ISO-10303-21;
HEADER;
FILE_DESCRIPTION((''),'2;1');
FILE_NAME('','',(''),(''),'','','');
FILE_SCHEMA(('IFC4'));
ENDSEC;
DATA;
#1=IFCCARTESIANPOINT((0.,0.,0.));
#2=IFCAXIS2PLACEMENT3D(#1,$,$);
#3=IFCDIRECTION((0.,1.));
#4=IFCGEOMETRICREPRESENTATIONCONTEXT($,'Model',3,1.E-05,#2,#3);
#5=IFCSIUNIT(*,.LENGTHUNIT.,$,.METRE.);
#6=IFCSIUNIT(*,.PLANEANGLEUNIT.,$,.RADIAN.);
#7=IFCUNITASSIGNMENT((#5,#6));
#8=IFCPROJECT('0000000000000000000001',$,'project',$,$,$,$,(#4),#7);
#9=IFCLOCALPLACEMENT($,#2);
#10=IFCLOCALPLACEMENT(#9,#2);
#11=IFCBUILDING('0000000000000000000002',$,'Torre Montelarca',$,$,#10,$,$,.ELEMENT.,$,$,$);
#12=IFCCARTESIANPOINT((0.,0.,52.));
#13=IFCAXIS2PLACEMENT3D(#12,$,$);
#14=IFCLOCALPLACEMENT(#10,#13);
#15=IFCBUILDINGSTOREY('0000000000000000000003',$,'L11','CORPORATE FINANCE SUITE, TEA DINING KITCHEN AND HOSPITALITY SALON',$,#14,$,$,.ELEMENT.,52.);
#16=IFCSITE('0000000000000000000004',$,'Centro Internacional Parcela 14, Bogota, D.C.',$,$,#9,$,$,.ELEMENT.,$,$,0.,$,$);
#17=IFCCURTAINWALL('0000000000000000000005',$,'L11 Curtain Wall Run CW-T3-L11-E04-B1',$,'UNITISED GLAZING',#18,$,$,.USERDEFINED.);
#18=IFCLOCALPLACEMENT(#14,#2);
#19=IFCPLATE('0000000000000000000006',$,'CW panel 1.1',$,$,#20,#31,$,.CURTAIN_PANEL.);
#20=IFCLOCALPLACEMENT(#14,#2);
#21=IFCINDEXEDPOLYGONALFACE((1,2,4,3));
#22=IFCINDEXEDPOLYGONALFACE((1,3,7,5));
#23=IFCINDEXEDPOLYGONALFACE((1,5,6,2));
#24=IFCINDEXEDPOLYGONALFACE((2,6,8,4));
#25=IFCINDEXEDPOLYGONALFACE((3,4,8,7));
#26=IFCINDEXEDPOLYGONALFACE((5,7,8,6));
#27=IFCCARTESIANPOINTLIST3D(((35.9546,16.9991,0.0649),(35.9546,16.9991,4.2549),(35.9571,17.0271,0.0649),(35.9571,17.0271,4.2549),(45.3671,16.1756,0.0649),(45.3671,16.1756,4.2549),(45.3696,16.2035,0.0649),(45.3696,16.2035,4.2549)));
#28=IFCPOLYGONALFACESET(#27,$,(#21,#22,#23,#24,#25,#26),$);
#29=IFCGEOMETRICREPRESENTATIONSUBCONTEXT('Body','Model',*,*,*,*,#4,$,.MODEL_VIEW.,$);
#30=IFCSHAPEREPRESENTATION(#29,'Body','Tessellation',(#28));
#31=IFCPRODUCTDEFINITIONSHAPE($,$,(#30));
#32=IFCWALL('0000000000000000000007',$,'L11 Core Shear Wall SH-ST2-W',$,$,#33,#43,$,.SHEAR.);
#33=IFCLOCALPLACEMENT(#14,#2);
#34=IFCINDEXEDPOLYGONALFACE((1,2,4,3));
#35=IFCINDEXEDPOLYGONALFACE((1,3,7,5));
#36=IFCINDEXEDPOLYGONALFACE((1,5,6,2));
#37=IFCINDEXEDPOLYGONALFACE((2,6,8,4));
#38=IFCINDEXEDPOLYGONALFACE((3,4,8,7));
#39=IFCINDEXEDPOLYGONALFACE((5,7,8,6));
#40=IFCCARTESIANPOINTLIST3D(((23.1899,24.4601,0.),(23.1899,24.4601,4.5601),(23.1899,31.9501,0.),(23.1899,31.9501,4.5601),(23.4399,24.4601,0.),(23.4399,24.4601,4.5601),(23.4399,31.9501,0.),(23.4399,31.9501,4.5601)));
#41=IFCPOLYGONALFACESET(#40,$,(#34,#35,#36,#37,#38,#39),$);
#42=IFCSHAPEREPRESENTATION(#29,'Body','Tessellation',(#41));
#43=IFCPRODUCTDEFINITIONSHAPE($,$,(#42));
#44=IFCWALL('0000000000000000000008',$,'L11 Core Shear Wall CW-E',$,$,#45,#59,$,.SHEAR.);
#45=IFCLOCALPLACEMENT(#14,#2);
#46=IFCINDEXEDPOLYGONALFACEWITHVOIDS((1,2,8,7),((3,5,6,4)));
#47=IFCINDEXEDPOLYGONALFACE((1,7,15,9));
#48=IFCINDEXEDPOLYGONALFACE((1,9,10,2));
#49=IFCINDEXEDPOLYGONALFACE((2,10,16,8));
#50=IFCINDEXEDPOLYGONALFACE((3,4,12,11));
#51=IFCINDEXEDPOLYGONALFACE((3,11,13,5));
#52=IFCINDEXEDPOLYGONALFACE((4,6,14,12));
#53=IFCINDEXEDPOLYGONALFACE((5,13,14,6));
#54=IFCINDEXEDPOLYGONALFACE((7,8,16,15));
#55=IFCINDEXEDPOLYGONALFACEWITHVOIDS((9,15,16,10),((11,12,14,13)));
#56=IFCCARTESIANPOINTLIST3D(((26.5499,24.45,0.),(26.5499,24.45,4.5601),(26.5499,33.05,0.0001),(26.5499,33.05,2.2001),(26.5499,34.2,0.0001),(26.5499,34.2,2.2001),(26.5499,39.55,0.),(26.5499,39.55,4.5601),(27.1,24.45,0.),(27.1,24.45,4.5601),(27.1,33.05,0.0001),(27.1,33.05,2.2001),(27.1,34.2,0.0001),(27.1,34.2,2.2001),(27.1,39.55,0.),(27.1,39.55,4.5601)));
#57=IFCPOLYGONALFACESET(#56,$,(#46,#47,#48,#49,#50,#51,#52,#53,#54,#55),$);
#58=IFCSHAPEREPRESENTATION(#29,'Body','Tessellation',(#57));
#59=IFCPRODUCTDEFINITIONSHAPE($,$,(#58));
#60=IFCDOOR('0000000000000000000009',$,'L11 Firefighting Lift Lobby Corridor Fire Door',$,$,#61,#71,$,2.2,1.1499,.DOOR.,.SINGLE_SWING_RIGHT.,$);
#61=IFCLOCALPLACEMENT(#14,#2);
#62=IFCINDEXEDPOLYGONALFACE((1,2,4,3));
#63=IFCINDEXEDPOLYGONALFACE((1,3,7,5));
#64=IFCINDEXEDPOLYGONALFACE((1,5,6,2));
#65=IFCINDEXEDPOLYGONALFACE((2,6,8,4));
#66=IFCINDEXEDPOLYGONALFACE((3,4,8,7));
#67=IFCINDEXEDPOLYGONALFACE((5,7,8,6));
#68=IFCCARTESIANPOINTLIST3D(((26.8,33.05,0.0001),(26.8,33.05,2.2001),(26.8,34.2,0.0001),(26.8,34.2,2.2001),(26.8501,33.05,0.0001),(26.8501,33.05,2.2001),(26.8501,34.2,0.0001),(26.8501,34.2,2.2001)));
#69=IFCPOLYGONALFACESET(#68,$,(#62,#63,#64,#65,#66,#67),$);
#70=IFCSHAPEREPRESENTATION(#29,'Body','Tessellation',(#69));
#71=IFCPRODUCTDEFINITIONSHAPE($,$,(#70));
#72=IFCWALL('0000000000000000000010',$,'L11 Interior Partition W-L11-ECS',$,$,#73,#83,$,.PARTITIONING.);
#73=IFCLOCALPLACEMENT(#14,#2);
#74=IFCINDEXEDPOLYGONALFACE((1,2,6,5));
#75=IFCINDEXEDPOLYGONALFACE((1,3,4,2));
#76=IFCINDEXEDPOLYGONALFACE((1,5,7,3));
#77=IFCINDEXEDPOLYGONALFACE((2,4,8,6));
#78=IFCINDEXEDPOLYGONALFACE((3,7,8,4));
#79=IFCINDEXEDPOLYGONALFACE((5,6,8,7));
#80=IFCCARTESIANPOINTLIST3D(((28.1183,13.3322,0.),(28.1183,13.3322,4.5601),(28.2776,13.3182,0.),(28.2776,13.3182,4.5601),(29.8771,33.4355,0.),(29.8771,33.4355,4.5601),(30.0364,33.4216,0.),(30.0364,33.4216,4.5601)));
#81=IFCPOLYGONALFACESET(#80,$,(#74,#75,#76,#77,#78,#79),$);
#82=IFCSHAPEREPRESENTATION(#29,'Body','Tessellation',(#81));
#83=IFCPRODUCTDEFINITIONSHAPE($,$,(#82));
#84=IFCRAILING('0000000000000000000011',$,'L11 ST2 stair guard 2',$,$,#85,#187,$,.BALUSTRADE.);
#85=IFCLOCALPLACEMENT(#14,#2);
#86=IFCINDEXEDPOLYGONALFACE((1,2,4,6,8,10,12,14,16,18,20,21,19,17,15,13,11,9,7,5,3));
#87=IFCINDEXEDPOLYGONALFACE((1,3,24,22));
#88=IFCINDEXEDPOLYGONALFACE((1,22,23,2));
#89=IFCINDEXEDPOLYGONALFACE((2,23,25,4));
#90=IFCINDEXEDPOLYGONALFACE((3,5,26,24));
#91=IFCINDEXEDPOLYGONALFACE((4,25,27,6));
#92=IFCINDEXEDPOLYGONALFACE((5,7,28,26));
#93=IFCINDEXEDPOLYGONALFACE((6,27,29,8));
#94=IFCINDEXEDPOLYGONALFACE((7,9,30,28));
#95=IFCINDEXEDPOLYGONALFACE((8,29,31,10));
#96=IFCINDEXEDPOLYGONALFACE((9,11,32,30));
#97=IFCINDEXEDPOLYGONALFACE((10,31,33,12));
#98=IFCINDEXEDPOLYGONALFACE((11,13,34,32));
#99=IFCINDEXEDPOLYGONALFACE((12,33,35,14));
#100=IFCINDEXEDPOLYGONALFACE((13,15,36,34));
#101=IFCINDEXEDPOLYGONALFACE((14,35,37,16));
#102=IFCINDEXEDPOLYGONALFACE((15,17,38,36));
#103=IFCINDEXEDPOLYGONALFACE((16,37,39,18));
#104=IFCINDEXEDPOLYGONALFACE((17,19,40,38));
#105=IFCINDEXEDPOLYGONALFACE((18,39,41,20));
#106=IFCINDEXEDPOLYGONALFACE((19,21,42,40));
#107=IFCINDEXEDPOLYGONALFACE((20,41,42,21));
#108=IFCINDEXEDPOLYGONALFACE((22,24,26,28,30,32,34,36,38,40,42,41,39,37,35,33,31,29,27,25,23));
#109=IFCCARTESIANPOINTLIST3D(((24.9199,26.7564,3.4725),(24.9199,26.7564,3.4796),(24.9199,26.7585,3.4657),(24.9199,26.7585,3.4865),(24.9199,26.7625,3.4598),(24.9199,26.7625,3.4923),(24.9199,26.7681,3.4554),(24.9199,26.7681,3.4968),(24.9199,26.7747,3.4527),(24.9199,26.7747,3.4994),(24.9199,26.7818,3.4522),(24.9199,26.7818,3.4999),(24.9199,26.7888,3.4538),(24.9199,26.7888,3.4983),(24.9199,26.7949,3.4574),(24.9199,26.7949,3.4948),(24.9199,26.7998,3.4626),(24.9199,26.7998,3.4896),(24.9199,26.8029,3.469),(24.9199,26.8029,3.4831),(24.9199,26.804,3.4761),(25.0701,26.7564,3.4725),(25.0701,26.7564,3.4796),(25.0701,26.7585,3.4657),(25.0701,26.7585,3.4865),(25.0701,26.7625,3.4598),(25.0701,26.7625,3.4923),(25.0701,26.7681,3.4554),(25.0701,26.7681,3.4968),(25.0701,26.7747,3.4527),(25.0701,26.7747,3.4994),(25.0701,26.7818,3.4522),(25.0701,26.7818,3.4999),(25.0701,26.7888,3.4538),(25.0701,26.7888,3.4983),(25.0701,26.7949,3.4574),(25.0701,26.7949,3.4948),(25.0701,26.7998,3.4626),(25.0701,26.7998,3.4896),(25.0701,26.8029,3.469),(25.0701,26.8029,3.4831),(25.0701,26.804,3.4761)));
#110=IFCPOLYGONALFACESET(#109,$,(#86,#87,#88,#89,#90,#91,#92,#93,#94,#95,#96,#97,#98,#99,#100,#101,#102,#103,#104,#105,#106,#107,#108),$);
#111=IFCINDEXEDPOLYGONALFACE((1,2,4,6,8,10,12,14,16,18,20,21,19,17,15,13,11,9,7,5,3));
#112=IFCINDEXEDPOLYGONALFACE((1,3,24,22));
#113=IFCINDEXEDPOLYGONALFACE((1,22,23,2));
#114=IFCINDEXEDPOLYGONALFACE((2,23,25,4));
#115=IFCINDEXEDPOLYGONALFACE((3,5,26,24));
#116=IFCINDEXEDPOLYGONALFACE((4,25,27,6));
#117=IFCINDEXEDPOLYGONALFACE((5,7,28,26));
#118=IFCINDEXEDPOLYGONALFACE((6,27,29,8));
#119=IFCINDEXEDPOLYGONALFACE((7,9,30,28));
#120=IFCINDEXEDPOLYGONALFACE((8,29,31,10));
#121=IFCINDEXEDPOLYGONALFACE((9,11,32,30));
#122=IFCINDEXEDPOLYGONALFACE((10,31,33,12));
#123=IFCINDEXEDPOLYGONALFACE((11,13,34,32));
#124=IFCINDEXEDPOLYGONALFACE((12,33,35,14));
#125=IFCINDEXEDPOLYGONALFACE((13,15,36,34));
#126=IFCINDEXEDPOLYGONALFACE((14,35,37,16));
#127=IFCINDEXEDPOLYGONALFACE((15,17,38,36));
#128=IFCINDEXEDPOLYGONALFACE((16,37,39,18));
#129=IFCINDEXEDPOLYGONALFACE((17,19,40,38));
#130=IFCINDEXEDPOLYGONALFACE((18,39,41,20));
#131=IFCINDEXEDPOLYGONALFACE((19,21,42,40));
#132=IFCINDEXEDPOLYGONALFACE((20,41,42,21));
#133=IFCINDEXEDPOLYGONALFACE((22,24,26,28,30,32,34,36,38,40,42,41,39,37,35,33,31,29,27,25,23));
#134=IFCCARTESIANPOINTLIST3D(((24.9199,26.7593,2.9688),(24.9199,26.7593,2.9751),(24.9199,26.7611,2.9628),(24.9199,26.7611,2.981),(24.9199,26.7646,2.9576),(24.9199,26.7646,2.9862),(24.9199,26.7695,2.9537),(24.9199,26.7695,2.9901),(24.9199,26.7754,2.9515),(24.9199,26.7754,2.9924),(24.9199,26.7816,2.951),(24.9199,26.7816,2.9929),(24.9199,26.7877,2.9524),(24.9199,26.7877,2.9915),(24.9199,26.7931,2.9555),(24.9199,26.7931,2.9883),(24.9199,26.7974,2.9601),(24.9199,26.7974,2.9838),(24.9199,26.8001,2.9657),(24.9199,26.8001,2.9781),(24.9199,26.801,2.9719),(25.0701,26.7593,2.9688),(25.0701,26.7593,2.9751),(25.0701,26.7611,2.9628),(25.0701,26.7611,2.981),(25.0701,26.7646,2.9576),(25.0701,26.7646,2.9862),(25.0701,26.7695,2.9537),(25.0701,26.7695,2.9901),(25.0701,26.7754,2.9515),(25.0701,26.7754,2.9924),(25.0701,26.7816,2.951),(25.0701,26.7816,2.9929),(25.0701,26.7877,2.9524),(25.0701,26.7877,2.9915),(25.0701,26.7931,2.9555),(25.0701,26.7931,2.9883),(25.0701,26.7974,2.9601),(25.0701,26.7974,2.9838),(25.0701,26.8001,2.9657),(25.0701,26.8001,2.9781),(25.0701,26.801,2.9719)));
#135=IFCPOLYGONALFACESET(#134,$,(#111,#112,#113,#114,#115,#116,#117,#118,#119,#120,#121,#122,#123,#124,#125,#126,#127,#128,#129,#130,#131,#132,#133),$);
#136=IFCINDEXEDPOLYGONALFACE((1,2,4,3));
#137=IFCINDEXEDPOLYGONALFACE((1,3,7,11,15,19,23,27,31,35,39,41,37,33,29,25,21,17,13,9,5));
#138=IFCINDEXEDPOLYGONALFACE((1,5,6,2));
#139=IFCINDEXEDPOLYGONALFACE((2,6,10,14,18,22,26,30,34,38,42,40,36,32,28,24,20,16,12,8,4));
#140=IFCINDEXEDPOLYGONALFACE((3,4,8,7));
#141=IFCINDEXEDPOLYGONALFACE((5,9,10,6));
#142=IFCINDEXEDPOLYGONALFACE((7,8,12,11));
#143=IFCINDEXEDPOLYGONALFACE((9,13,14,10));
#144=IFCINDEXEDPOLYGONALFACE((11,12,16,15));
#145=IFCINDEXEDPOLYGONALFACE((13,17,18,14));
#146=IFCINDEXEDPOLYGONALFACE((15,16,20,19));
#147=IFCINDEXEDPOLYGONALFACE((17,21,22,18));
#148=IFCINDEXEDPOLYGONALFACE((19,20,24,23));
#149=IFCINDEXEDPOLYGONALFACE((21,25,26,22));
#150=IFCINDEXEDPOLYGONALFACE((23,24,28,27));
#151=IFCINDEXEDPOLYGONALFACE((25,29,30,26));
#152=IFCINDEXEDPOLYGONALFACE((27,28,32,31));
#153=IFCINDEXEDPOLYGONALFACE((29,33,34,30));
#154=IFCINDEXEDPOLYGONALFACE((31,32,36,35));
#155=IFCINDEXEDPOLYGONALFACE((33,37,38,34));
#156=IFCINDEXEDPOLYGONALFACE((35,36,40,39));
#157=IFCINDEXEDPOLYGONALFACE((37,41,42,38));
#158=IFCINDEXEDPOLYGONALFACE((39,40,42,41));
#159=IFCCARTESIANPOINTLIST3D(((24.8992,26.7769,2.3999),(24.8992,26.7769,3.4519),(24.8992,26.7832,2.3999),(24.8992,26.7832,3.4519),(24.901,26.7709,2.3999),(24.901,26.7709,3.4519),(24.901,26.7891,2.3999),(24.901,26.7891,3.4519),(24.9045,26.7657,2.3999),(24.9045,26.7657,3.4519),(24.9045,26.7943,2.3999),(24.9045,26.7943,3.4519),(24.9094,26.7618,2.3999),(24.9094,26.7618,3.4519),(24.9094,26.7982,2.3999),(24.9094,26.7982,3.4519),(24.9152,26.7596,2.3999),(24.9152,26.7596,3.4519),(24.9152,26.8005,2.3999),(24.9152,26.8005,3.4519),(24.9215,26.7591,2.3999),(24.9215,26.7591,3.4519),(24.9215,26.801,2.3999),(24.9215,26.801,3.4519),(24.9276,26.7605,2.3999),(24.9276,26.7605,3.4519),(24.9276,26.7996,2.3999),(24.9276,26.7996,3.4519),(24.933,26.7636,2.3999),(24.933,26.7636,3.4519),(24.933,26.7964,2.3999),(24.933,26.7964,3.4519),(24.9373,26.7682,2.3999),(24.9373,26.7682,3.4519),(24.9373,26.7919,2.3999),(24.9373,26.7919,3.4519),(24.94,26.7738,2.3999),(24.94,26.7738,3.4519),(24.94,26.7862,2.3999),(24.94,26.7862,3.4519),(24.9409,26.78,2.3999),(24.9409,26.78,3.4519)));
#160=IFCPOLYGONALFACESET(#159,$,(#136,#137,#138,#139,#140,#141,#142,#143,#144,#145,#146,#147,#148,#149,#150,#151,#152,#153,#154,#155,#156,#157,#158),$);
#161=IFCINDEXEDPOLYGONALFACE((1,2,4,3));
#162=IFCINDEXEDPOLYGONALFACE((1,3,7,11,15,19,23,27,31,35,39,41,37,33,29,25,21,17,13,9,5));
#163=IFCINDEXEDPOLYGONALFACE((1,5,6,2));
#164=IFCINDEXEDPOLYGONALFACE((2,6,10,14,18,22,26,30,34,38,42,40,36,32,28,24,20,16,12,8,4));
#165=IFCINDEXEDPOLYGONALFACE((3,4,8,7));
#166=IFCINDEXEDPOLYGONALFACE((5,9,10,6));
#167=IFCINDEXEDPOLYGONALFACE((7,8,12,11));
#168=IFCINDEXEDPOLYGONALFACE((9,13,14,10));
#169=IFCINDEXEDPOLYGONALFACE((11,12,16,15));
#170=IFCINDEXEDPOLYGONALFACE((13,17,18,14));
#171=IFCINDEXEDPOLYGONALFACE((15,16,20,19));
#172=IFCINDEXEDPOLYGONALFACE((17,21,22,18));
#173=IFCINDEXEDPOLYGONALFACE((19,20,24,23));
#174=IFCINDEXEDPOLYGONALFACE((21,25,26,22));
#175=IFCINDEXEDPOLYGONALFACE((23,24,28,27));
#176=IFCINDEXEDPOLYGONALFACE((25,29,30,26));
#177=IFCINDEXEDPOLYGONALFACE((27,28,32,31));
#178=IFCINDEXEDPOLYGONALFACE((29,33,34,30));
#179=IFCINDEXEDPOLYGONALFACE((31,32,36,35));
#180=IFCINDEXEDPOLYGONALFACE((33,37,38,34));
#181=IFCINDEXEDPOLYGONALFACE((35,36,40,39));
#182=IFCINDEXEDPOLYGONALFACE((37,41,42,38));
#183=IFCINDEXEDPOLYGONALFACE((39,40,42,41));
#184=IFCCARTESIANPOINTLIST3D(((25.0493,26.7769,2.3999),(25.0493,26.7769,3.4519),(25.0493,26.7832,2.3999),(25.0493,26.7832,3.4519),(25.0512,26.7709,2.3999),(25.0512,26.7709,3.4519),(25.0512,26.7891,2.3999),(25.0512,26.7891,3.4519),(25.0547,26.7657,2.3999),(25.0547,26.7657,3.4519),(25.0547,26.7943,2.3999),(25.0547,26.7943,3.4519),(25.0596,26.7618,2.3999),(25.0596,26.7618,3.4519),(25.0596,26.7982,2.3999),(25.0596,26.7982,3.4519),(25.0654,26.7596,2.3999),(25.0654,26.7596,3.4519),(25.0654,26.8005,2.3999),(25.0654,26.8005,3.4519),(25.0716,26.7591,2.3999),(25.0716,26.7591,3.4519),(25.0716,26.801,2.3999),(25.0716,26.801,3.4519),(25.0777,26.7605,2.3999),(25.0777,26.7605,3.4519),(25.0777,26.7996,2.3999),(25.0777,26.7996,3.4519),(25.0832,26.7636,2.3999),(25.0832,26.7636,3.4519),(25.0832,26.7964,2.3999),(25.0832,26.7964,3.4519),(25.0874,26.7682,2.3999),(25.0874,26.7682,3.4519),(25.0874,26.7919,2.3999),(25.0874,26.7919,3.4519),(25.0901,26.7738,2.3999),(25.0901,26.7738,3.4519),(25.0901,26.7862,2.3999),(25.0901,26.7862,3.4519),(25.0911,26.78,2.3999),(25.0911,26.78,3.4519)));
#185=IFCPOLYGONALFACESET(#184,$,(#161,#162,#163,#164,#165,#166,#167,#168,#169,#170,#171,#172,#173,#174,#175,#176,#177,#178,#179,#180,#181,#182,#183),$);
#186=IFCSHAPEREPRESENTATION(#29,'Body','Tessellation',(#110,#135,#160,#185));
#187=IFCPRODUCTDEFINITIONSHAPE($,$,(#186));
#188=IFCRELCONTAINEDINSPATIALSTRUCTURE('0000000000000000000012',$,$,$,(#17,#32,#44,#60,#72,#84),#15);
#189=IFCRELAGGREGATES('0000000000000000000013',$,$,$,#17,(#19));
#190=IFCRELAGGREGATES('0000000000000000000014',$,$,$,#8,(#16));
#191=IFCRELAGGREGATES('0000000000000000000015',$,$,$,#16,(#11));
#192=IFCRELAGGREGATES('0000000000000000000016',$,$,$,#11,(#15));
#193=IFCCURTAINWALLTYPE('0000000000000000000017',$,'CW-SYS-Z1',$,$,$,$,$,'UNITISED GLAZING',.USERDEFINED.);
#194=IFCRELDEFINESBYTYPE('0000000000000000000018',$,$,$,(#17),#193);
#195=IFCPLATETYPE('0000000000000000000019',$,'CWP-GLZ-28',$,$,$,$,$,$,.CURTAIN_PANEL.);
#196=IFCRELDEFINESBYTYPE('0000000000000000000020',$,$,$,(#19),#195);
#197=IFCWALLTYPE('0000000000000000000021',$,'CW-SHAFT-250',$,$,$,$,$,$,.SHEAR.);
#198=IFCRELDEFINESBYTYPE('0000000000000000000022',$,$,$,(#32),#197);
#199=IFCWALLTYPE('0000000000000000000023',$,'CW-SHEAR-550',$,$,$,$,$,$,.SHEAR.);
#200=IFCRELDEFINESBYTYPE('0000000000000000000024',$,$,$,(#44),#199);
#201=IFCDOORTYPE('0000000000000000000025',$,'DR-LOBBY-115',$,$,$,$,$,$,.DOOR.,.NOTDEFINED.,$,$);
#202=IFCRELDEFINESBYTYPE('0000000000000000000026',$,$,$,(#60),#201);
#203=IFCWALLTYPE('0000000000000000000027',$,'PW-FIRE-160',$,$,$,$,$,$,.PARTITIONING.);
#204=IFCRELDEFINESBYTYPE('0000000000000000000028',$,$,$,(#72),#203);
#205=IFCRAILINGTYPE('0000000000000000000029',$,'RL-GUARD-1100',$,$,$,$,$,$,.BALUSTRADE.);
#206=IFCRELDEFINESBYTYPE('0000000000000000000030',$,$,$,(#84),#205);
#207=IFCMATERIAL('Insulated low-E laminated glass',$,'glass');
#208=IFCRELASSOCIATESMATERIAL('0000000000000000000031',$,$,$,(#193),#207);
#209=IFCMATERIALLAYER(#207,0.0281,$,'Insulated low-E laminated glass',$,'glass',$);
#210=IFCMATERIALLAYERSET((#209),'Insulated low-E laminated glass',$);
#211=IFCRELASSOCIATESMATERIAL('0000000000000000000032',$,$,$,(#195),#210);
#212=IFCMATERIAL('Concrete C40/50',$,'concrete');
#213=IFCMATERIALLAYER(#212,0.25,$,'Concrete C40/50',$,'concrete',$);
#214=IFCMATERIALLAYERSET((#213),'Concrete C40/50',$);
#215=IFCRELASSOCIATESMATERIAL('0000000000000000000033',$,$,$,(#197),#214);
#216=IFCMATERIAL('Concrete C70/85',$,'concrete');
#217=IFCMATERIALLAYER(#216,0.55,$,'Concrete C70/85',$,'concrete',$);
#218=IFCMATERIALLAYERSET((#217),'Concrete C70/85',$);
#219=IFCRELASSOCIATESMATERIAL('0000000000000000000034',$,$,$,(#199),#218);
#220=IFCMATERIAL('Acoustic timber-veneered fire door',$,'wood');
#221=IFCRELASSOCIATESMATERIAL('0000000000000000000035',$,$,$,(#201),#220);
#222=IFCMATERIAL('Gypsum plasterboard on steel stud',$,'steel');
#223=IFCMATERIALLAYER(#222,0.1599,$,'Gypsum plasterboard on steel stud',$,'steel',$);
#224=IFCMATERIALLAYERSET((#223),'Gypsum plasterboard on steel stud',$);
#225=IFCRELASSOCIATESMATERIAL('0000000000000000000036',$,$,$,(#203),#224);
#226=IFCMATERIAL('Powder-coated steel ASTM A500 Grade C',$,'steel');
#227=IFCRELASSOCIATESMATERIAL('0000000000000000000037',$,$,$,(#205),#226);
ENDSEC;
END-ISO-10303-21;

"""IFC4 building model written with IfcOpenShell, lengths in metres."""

from ifc_helpers import new_model, si_unit, direction, frame, frame_2d, origin, origin_2d, place, context, subcontext, project, spatial, rectangle, circle, extrude, source, transform, mapped, material, layer, layer_set, type_object, element, fill, aggregate, save


model = new_model("IFC4")

# Units and contexts
model_context = context("Model", 3, precision=1e-05, world=origin(), true_north=direction((0.0, 1.0)))
body_context = subcontext(model_context, "Body", "Model", "MODEL_VIEW")
ifc_project = project(units=[si_unit("LENGTHUNIT", "METRE"), si_unit("PLANEANGLEUNIT", "RADIAN")], contexts=[model_context])

# Site, building, storey
site_placement = place(None, origin())
site = spatial("IfcSite", under=ifc_project, at=site_placement, Name="Centro Internacional Parcela 14, Bogota, D.C.", CompositionType="ELEMENT", RefElevation=0.0)
building_placement = place(site_placement, origin())
building = spatial("IfcBuilding", under=site, at=building_placement, Name="Torre Montelarca", CompositionType="ELEMENT")
storey_placement = place(building_placement, frame((0.0, 0.0, 52.0)))
storey = spatial("IfcBuildingStorey", under=building, at=storey_placement, Name="L11", Description="CORPORATE FINANCE SUITE, TEA DINING KITCHEN AND HOSPITALITY SALON", CompositionType="ELEMENT", Elevation=52.0)

# Shared definitions
ifc_material_1 = material(Name="Concrete C70/85", Category="concrete")

# Shared definitions
ifc_material_2 = material(Name="Insulated low-E laminated glass", Category="glass")
curtain_wall_type = type_object("IfcCurtainWallType", Name="CW-SYS-Z1", ElementType="UNITISED GLAZING", PredefinedType="USERDEFINED", material=ifc_material_2)

# Curtain wall
curtain_wall_1_placement = place(storey_placement, origin())
curtain_wall_1 = element("IfcCurtainWall", 1, at=curtain_wall_1_placement, inside=storey, type_object=curtain_wall_type, Name="L11 Curtain Wall Run CW-T3-L11-E04-B1", ObjectType="UNITISED GLAZING", PredefinedType="USERDEFINED")

# Plate
ifc_layer_1 = layer(ifc_material_2, 0.0281, Name="Insulated low-E laminated glass", Category="glass")
ifc_layer_set_1 = layer_set([ifc_layer_1], Name="Insulated low-E laminated glass")
plate_type = type_object("IfcPlateType", Name="CWP-GLZ-28", PredefinedType="CURTAIN_PANEL", material=ifc_layer_set_1)
shared_shape_1 = source(origin(), body_context, "Body", "SweptSolid", [
    extrude(rectangle(XDim=9.4485, YDim=0.0281, at=origin_2d()), origin(), (0.0, 0.0, 1.0), 4.1899),
])
plate_1_placement = place(storey_placement, frame((40.6621, 16.6013, 0.0649), z_axis=(0.0, 0.0, 1.0), x_axis=(0.996194, -0.087162, 0.0)))
plate_1 = element("IfcPlate", 2, at=plate_1_placement, type_object=plate_type, Name="CW panel 1.1", PredefinedType="CURTAIN_PANEL", context=body_context, shape_type="MappedRepresentation", body=[
    mapped(shared_shape_1, transform((0.0, 0.0, 0.0), scale=1.0)),
])
aggregate(curtain_wall_1, [plate_1])

# Wall
ifc_material_3 = material(Name="Concrete C40/50", Category="concrete")
ifc_layer_2 = layer(ifc_material_3, 0.25, Name="Concrete C40/50", Category="concrete")
ifc_layer_set_2 = layer_set([ifc_layer_2], Name="Concrete C40/50")
wall_type_1 = type_object("IfcWallType", Name="CW-SHAFT-250", PredefinedType="SHEAR", material=ifc_layer_set_2)
wall_1_placement = place(storey_placement, frame((23.3149, 24.46, 0.0), z_axis=(0.0, 0.0, 1.0), x_axis=(0.0, 1.0, 0.0)))
element("IfcWall", 3, at=wall_1_placement, inside=storey, type_object=wall_type_1, Name="L11 Core Shear Wall SH-ST2-W", PredefinedType="SHEAR", context=body_context, shape_type="SweptSolid", body=[
    extrude(rectangle(XDim=7.49, YDim=0.25, at=frame_2d((3.7451, 0.0))), origin(), (0.0, 0.0, 1.0), 4.5601),
])

# Wall, opening, door
ifc_layer_3 = layer(ifc_material_1, 0.55, Name="Concrete C70/85", Category="concrete")
ifc_layer_set_3 = layer_set([ifc_layer_3], Name="Concrete C70/85")
wall_type_2 = type_object("IfcWallType", Name="CW-SHEAR-550", PredefinedType="SHEAR", material=ifc_layer_set_3)
wall_2_placement = place(storey_placement, frame((26.825, 24.45, 0.0), z_axis=(0.0, 0.0, 1.0), x_axis=(0.0, 1.0, 0.0)))
wall_2 = element("IfcWall", 4, at=wall_2_placement, inside=storey, type_object=wall_type_2, Name="L11 Core Shear Wall CW-E", PredefinedType="SHEAR", context=body_context, shape_type="SweptSolid", body=[
    extrude(rectangle(XDim=15.1001, YDim=0.55, at=frame_2d((7.55, 0.0))), origin(), (0.0, 0.0, 1.0), 4.5601),
])
opening_placement = place(wall_2_placement, frame((8.6001, 0.0, 0.0)))
opening = element("IfcOpeningElement", 5, at=opening_placement, cuts=wall_2, PredefinedType="OPENING", context=body_context, shape_type="SweptSolid", body=[
    extrude(rectangle(XDim=1.1499, YDim=2.2, at=frame_2d((0.575, 1.1001))), frame((0.0, 0.2852, 0.0), z_axis=(0.0, -1.0, 0.0), x_axis=(1.0, 0.0, 0.0)), (0.0, 0.0, 1.0), 0.5701),
])
ifc_material_4 = material(Name="Acoustic timber-veneered fire door", Category="wood")
door_type = type_object("IfcDoorType", Name="DR-LOBBY-115", OperationType="NOTDEFINED", PredefinedType="DOOR", material=ifc_material_4)
shared_shape_2 = source(origin(), body_context, "Body", "SweptSolid", [
    extrude(rectangle(XDim=1.1499, YDim=2.2, at=frame_2d((0.575, 1.1001))), frame((0.0, 0.0249, 0.0), z_axis=(0.0, -1.0, 0.0), x_axis=(1.0, 0.0, 0.0)), (0.0, 0.0, 1.0), 0.05),
])
door_placement = place(opening_placement, origin())
door = element("IfcDoor", 6, at=door_placement, inside=storey, type_object=door_type, Name="L11 Firefighting Lift Lobby Corridor Fire Door", OperationType="SINGLE_SWING_RIGHT", OverallHeight=2.2, OverallWidth=1.1499, PredefinedType="DOOR", context=body_context, shape_type="MappedRepresentation", body=[
    mapped(shared_shape_2, transform((0.0, 0.0, 0.0), scale=1.0)),
])
fill(opening, door)

# Wall
ifc_material_5 = material(Name="Gypsum plasterboard on steel stud", Category="steel")
ifc_layer_4 = layer(ifc_material_5, 0.1599, Name="Gypsum plasterboard on steel stud", Category="steel")
ifc_layer_set_4 = layer_set([ifc_layer_4], Name="Gypsum plasterboard on steel stud")
wall_type_3 = type_object("IfcWallType", Name="PW-FIRE-160", PredefinedType="PARTITIONING", material=ifc_layer_set_4)
wall_3_placement = place(storey_placement, frame((28.198, 13.3252, 0.0), z_axis=(0.0, 0.0, 1.0), x_axis=(0.087155, 0.996195, 0.0)))
element("IfcWall", 7, at=wall_3_placement, inside=storey, type_object=wall_type_3, Name="L11 Interior Partition W-L11-ECS", PredefinedType="PARTITIONING", context=body_context, shape_type="SweptSolid", body=[
    extrude(rectangle(XDim=20.1802, YDim=0.1599, at=frame_2d((10.0901, 0.0))), origin(), (0.0, 0.0, 1.0), 4.5601),
])

# Railing
ifc_material_6 = material(Name="Powder-coated steel ASTM A500 Grade C", Category="steel")
railing_type = type_object("IfcRailingType", Name="RL-GUARD-1100", PredefinedType="BALUSTRADE", material=ifc_material_6)
railing_1_placement = place(storey_placement, frame((24.9199, 26.78, 2.3999)))
element("IfcRailing", 8, at=railing_1_placement, inside=storey, type_object=railing_type, Name="L11 ST2 stair guard 2", PredefinedType="BALUSTRADE", context=body_context, shape_type="SweptSolid", body=[
    extrude(circle(Radius=0.0239, at=origin_2d()), frame((0.0, 0.0, 1.0762), z_axis=(1.0, 0.0, 0.0), x_axis=(0.0, 1.0, 0.0)), (0.0, 0.0, 1.0), 0.1501),
    extrude(circle(Radius=0.021, at=origin_2d()), frame((0.0, 0.0, 0.572), z_axis=(1.0, 0.0, 0.0), x_axis=(0.0, 1.0, 0.0)), (0.0, 0.0, 1.0), 0.1501),
    extrude(circle(Radius=0.021, at=origin_2d()), origin(), (0.0, 0.0, 1.0), 1.052),
    extrude(circle(Radius=0.021, at=origin_2d()), frame((0.1501, 0.0, 0.0)), (0.0, 0.0, 1.0), 1.052),
])

save(model, "model.ifc")
